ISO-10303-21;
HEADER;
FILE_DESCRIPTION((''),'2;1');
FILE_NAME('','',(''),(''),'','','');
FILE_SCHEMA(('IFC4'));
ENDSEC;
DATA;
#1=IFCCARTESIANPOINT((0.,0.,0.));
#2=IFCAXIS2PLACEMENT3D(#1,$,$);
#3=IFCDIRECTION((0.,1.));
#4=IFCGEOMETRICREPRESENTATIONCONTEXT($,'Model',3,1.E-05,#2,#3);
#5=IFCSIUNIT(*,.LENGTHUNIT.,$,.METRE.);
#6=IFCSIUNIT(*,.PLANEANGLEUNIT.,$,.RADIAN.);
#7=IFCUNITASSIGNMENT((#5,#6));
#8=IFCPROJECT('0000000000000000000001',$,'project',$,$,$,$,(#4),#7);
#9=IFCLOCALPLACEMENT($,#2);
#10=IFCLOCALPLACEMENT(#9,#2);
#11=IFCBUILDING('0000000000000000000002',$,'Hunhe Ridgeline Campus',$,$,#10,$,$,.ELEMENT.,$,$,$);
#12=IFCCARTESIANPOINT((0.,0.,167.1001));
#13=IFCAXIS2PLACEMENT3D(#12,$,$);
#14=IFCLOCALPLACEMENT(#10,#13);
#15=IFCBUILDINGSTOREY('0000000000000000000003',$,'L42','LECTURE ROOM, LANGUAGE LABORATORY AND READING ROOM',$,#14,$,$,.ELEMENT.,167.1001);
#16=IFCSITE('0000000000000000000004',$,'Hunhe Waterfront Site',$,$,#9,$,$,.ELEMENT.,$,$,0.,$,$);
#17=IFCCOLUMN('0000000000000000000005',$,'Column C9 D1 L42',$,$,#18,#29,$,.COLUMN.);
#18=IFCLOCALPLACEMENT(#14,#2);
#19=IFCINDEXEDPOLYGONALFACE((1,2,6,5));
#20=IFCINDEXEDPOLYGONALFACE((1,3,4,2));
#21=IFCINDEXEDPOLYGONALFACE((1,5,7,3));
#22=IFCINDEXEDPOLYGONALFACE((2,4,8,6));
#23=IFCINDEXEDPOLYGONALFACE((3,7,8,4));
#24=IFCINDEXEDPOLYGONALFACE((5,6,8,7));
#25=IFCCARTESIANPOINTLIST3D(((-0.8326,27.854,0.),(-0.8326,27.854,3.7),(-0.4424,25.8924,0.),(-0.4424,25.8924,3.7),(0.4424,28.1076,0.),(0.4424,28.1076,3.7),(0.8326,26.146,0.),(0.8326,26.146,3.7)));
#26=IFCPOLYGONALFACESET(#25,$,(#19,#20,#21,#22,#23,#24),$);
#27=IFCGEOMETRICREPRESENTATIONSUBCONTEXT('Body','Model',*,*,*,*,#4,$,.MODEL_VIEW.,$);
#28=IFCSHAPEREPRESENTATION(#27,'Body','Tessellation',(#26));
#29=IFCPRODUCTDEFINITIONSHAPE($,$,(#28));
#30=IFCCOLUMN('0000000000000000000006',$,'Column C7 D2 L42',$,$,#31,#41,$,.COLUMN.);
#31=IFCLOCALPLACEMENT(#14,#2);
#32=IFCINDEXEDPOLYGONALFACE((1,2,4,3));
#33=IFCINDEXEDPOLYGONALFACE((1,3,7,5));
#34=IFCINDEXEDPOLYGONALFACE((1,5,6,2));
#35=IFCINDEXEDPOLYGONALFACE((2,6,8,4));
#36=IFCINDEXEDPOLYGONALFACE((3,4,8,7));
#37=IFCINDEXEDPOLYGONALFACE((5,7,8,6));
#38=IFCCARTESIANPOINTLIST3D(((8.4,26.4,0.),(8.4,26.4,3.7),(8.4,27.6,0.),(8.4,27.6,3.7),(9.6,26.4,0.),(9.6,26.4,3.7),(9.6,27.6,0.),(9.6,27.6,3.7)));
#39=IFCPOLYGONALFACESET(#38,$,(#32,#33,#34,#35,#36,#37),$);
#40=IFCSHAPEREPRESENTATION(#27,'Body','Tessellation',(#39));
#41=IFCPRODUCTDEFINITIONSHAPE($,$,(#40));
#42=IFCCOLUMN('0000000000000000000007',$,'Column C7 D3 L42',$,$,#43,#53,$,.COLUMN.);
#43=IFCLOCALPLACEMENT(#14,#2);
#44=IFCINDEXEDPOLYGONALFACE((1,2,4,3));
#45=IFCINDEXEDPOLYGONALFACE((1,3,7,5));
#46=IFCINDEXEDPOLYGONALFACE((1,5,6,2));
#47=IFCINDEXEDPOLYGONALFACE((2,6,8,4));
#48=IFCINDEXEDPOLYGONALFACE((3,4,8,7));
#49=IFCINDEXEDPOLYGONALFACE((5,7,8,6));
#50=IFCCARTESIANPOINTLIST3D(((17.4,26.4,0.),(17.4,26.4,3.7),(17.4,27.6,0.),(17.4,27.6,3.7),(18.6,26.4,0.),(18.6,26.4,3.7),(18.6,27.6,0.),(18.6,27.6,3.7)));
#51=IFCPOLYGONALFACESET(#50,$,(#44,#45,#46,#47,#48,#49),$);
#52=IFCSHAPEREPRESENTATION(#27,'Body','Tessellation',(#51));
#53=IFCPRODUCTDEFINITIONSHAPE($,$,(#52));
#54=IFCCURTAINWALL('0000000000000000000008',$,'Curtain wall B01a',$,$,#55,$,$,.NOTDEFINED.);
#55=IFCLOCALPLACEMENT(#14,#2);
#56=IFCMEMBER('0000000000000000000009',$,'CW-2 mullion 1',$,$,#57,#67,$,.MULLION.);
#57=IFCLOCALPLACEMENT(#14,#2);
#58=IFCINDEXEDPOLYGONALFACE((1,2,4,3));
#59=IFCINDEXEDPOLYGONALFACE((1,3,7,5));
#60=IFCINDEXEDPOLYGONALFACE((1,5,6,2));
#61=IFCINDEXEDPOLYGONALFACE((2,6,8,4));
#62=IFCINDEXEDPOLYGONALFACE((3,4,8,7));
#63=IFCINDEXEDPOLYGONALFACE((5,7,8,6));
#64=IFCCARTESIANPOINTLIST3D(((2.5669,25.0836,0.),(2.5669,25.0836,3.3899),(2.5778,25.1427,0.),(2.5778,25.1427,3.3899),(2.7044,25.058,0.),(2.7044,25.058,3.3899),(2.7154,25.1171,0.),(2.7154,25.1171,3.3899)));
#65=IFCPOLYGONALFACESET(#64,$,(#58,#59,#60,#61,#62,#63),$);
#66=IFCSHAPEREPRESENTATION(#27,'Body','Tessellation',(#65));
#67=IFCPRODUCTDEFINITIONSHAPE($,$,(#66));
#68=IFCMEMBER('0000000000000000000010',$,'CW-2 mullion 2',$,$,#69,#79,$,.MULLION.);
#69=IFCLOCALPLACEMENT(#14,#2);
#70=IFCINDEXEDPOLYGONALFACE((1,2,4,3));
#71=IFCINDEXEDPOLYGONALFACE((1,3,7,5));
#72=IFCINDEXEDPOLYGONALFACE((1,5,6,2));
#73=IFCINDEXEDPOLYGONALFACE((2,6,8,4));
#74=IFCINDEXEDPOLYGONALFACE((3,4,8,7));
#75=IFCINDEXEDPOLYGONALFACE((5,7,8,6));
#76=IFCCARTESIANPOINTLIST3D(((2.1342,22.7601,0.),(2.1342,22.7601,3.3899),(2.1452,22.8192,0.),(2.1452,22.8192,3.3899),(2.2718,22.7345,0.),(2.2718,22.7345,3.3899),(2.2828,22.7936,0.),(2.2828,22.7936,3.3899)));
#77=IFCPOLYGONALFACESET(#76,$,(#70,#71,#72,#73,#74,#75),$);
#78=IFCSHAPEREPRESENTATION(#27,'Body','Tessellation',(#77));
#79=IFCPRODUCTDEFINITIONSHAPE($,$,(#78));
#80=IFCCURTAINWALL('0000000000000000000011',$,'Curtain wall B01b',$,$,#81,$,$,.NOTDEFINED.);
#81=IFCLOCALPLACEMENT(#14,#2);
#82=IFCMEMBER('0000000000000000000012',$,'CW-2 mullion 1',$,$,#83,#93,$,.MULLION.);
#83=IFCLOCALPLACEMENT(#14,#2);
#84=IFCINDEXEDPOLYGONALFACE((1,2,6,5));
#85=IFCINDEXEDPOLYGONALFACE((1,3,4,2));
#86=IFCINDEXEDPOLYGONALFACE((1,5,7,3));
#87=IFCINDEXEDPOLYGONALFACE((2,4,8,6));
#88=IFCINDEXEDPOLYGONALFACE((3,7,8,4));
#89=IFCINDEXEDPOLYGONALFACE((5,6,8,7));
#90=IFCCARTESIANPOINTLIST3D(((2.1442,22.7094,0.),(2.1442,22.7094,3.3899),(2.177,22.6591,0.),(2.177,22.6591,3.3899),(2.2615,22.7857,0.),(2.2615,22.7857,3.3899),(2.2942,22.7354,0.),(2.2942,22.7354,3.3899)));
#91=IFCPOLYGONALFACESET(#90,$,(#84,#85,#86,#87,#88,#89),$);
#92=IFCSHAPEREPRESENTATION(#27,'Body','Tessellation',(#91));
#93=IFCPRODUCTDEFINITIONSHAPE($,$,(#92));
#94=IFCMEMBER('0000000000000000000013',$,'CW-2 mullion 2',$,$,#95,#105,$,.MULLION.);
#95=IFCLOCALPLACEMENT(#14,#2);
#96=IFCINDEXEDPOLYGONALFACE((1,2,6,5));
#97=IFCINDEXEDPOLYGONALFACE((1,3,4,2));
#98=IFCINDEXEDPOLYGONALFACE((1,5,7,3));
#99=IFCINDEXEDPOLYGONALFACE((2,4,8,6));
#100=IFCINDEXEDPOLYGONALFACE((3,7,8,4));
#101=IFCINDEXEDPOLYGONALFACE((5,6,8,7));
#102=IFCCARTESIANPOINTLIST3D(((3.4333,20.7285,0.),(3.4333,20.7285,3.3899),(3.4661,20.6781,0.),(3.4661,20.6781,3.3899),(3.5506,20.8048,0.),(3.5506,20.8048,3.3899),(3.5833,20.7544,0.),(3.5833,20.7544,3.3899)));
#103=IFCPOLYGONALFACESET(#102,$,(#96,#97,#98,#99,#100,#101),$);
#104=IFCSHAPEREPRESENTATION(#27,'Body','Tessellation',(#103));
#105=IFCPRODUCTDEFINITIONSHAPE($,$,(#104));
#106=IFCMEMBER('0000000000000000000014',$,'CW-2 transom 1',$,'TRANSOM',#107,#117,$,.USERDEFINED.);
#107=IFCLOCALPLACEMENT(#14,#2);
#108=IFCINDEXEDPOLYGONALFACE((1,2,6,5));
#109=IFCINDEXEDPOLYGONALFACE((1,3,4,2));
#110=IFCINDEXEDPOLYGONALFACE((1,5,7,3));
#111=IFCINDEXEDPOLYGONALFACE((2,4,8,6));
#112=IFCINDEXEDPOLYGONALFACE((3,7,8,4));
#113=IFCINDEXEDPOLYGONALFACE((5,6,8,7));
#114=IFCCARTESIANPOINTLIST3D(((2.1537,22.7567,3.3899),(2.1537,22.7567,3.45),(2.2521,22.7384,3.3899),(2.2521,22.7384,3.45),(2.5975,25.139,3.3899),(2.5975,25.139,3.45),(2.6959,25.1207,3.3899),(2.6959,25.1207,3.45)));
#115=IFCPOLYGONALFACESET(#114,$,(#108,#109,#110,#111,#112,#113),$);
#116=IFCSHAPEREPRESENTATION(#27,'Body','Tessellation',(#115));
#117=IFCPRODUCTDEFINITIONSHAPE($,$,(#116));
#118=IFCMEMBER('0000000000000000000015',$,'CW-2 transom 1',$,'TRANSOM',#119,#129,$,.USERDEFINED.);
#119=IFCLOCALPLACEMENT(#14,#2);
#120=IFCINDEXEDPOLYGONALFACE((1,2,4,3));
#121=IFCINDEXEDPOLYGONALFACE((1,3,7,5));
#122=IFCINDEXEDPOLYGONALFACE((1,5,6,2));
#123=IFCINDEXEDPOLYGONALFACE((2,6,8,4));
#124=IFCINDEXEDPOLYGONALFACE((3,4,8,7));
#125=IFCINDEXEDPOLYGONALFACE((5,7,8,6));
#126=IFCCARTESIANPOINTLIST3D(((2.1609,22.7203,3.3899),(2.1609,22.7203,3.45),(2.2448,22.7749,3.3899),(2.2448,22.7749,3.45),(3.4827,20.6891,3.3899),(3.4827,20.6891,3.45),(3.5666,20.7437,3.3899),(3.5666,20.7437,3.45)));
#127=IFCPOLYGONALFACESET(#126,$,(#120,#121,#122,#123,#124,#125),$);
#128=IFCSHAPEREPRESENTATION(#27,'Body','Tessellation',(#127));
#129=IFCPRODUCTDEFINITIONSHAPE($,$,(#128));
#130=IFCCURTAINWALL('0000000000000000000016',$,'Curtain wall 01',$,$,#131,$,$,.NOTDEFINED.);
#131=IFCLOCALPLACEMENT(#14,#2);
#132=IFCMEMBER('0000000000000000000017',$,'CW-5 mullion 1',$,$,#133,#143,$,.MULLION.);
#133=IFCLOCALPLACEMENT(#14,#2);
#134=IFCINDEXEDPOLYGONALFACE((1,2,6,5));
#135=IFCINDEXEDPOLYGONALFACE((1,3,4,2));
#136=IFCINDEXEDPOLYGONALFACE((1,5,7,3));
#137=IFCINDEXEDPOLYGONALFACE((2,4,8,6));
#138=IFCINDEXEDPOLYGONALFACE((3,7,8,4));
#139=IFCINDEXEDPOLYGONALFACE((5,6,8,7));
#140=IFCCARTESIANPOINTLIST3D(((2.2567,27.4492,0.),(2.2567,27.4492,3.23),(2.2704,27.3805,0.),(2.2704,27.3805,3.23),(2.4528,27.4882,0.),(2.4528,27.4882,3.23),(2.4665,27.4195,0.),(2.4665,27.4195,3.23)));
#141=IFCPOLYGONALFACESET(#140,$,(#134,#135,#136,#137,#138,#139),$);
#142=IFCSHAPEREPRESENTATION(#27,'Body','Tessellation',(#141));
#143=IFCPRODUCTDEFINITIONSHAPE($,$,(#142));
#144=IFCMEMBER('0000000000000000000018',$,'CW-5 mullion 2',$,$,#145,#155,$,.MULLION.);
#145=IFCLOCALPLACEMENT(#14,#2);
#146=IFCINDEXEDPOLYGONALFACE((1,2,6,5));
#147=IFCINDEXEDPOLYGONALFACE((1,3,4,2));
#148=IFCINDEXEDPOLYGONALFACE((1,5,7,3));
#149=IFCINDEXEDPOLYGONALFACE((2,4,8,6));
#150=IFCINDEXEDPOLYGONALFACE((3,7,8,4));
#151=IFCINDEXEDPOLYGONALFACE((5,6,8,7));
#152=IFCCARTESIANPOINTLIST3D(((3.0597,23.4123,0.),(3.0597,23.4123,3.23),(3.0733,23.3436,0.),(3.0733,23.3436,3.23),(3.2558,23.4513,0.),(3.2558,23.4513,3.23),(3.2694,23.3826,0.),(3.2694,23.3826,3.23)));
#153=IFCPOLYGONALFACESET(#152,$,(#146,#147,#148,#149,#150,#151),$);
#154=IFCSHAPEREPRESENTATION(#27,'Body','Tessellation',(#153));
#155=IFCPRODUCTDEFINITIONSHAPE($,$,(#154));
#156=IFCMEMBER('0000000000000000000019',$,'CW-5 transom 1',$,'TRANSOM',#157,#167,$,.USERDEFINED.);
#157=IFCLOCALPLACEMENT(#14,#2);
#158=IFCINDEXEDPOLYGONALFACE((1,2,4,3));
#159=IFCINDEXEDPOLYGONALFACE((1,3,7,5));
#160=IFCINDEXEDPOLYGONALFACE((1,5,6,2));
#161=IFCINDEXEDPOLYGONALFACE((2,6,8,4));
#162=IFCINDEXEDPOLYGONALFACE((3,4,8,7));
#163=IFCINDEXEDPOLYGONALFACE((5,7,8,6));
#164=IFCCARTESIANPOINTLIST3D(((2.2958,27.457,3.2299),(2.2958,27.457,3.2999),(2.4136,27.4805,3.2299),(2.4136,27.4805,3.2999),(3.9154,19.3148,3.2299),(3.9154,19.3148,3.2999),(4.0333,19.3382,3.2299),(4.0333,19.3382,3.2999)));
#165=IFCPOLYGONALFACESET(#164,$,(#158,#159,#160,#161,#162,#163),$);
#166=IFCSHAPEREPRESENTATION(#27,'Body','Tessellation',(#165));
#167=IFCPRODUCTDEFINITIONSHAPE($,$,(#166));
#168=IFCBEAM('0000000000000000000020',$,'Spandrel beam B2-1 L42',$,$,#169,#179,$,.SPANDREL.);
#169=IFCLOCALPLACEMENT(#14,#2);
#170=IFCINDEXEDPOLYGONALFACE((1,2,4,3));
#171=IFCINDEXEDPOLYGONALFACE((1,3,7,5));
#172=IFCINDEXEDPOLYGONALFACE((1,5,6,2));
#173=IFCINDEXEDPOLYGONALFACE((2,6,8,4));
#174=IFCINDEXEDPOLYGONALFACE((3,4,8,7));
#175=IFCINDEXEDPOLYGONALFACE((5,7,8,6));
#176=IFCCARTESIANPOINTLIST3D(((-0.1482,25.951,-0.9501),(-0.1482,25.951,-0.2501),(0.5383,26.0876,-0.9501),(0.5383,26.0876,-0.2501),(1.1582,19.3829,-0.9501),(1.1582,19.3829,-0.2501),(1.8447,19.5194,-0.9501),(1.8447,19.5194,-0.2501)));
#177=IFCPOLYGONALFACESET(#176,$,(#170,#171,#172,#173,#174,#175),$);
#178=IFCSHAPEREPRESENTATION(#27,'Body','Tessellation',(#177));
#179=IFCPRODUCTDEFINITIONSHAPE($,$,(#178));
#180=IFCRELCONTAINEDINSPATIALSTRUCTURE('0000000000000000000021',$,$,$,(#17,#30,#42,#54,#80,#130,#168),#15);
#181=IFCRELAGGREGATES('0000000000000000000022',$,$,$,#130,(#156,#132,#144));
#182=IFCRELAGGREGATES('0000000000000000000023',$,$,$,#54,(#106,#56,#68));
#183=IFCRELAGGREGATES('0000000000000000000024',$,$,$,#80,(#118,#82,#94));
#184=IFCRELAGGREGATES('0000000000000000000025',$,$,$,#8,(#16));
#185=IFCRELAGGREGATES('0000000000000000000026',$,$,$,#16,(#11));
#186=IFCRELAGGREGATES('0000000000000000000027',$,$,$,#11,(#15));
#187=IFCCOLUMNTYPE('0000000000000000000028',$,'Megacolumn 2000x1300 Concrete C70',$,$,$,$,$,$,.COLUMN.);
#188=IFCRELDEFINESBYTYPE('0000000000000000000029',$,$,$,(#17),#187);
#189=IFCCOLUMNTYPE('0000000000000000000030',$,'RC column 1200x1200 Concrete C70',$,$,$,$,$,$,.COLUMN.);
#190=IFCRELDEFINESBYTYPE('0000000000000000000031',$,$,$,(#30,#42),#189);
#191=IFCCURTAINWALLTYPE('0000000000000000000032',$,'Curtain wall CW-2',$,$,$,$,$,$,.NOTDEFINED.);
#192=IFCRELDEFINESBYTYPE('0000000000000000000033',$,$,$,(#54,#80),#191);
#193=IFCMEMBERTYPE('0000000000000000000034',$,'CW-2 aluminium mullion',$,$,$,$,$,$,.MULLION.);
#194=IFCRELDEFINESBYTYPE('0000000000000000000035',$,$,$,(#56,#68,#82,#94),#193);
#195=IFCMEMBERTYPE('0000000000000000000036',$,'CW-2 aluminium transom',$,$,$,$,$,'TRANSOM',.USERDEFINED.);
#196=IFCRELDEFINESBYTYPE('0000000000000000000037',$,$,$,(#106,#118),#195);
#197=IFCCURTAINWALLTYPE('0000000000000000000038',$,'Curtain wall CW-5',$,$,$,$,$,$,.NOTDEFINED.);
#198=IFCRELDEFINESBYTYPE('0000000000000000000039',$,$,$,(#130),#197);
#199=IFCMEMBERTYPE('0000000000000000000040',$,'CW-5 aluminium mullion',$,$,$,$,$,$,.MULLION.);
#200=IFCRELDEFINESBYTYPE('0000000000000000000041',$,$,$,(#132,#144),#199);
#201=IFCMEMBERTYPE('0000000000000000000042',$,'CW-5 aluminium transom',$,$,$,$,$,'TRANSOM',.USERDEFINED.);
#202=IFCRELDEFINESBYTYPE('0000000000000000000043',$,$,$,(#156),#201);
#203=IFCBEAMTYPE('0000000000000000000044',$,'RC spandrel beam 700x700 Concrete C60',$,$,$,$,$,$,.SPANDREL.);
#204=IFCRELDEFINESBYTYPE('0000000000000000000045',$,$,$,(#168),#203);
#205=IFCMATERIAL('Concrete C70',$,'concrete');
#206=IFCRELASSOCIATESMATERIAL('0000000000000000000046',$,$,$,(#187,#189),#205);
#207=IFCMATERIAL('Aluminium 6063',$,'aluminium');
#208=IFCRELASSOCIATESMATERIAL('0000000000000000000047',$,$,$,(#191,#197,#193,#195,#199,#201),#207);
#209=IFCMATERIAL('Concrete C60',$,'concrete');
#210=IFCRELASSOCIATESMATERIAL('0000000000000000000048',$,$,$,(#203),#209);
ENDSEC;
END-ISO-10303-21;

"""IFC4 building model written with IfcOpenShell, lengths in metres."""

from ifc_helpers import new_model, si_unit, direction, frame, origin, origin_2d, place, context, subcontext, project, spatial, rectangle, extrude, material, material_profile, profile_set, type_object, element, aggregate, save


model = new_model("IFC4")

# Units and contexts
model_context = context("Model", 3, precision=1e-05, world=origin(), true_north=direction((0.0, 1.0)))
body_context = subcontext(model_context, "Body", "Model", "MODEL_VIEW")
ifc_project = project(units=[si_unit("LENGTHUNIT", "METRE"), si_unit("PLANEANGLEUNIT", "RADIAN")], contexts=[model_context])

# Site, building, storey
site_placement = place(None, origin())
site = spatial("IfcSite", under=ifc_project, at=site_placement, Name="Hunhe Waterfront Site", CompositionType="ELEMENT", RefElevation=0.0)
building_placement = place(site_placement, origin())
building = spatial("IfcBuilding", under=site, at=building_placement, Name="Hunhe Ridgeline Campus", CompositionType="ELEMENT")
storey_placement = place(building_placement, frame((0.0, 0.0, 167.1001)))
storey = spatial("IfcBuildingStorey", under=building, at=storey_placement, Name="L42", Description="LECTURE ROOM, LANGUAGE LABORATORY AND READING ROOM", CompositionType="ELEMENT", Elevation=167.1001)

# Columns
ifc_material_1 = material(Name="Concrete C70", Category="concrete")
ifc_material_profile_1 = material_profile(ifc_material_1, rectangle(XDim=2.0, YDim=1.3, at=origin_2d()))
ifc_profile_set_1 = profile_set([ifc_material_profile_1], Name="Concrete C70")
column_type_1 = type_object("IfcColumnType", Name="Megacolumn 2000x1300 Concrete C70", PredefinedType="COLUMN", material=ifc_profile_set_1)
column_placement = place(storey_placement, frame((0.0, 27.0, 0.0), z_axis=(0.0, 0.0, 1.0), x_axis=(-0.19509, 0.980785, 0.0)))
element("IfcColumn", 1, at=column_placement, inside=storey, type_object=column_type_1, Name="Column C9 D1 L42", PredefinedType="COLUMN", context=body_context, shape_type="SweptSolid", body=[
    extrude(rectangle(XDim=2.0, YDim=1.3, at=origin_2d()), origin(), (0.0, 0.0, 1.0), 3.7),
])
ifc_material_profile_2 = material_profile(ifc_material_1, rectangle(XDim=1.2, YDim=1.2, at=origin_2d()))
ifc_profile_set_2 = profile_set([ifc_material_profile_2], Name="Concrete C70")
column_type_2 = type_object("IfcColumnType", Name="RC column 1200x1200 Concrete C70", PredefinedType="COLUMN", material=ifc_profile_set_2)
for number, where, z_axis, x_axis, name in (
    (2, (9.0, 27.0, 0.0), (0.0, 0.0, 1.0), (1.0, 0.0, 0.0), "Column C7 D2 L42"),
    (3, (18.0, 27.0, 0.0), (0.0, 0.0, 1.0), (1.0, 0.0, 0.0), "Column C7 D3 L42"),
):
    element("IfcColumn", number, at=place(storey_placement, frame(where, z_axis=z_axis, x_axis=x_axis)), inside=storey, type_object=column_type_2, Name=name, PredefinedType="COLUMN", context=body_context, shape_type="SweptSolid", body=[
        extrude(rectangle(XDim=1.2, YDim=1.2, at=origin_2d()), origin(), (0.0, 0.0, 1.0), 3.7),
    ])

# Curtain walls, members
ifc_material_2 = material(Name="Aluminium 6063", Category="aluminium")
curtain_wall_type_1 = type_object("IfcCurtainWallType", Name="Curtain wall CW-2", PredefinedType="NOTDEFINED", material=ifc_material_2)
curtain_wall_1_placement = place(storey_placement, origin())
curtain_wall_1 = element("IfcCurtainWall", 4, at=curtain_wall_1_placement, inside=storey, type_object=curtain_wall_type_1, Name="Curtain wall B01a", PredefinedType="NOTDEFINED")
ifc_material_profile_3 = material_profile(ifc_material_2, rectangle(XDim=0.1399, YDim=0.0601, at=origin_2d()))
ifc_profile_set_3 = profile_set([ifc_material_profile_3], Name="Aluminium 6063")
member_type_1 = type_object("IfcMemberType", Name="CW-2 aluminium mullion", PredefinedType="MULLION", material=ifc_profile_set_3)
member_1_placement = place(storey_placement, frame((2.6411, 25.1003, 0.0), z_axis=(0.0, 0.0, 1.0), x_axis=(0.983092, -0.183113, 0.0)))
member_1 = element("IfcMember", 5, at=member_1_placement, type_object=member_type_1, Name="CW-2 mullion 1", PredefinedType="MULLION", context=body_context, shape_type="SweptSolid", body=[
    extrude(rectangle(XDim=0.1399, YDim=0.0601, at=origin_2d()), origin(), (0.0, 0.0, 1.0), 3.3899),
])
member_2_placement = place(storey_placement, frame((2.2085, 22.7769, 0.0), z_axis=(0.0, 0.0, 1.0), x_axis=(0.983092, -0.183113, 0.0)))
member_2 = element("IfcMember", 6, at=member_2_placement, type_object=member_type_1, Name="CW-2 mullion 2", PredefinedType="MULLION", context=body_context, shape_type="SweptSolid", body=[
    extrude(rectangle(XDim=0.1399, YDim=0.0601, at=origin_2d()), origin(), (0.0, 0.0, 1.0), 3.3899),
])
curtain_wall_2_placement = place(storey_placement, origin())
curtain_wall_2 = element("IfcCurtainWall", 7, at=curtain_wall_2_placement, inside=storey, type_object=curtain_wall_type_1, Name="Curtain wall B01b", PredefinedType="NOTDEFINED")
member_3_placement = place(storey_placement, frame((2.2192, 22.7224, 0.0), z_axis=(0.0, 0.0, 1.0), x_axis=(0.838179, 0.545395, 0.0)))
member_3 = element("IfcMember", 8, at=member_3_placement, type_object=member_type_1, Name="CW-2 mullion 1", PredefinedType="MULLION", context=body_context, shape_type="SweptSolid", body=[
    extrude(rectangle(XDim=0.1399, YDim=0.0601, at=origin_2d()), origin(), (0.0, 0.0, 1.0), 3.3899),
])
member_4_placement = place(storey_placement, frame((3.5083, 20.7415, 0.0), z_axis=(0.0, 0.0, 1.0), x_axis=(0.838179, 0.545395, 0.0)))
member_4 = element("IfcMember", 9, at=member_4_placement, type_object=member_type_1, Name="CW-2 mullion 2", PredefinedType="MULLION", context=body_context, shape_type="SweptSolid", body=[
    extrude(rectangle(XDim=0.1399, YDim=0.0601, at=origin_2d()), origin(), (0.0, 0.0, 1.0), 3.3899),
])

# Members
ifc_material_profile_4 = material_profile(ifc_material_2, rectangle(XDim=0.1001, YDim=0.0601, at=origin_2d()))
ifc_profile_set_4 = profile_set([ifc_material_profile_4], Name="Aluminium 6063")
member_type_2 = type_object("IfcMemberType", Name="CW-2 aluminium transom", ElementType="TRANSOM", PredefinedType="USERDEFINED", material=ifc_profile_set_4)
member_5_placement = place(storey_placement, frame((2.6467, 25.1299, 3.4199), z_axis=(-0.183157, -0.983084, 0.0), x_axis=(0.983084, -0.183157, 0.0)))
member_5 = element("IfcMember", 10, at=member_5_placement, type_object=member_type_2, Name="CW-2 transom 1", ObjectType="TRANSOM", PredefinedType="USERDEFINED", context=body_context, shape_type="SweptSolid", body=[
    extrude(rectangle(XDim=0.1001, YDim=0.0601, at=origin_2d()), origin(), (0.0, 0.0, 1.0), 2.4233),
])
member_6_placement = place(storey_placement, frame((2.2029, 22.7476, 3.4199), z_axis=(0.545413, -0.838167, 0.0), x_axis=(0.838167, 0.545413, 0.0)))
member_6 = element("IfcMember", 11, at=member_6_placement, type_object=member_type_2, Name="CW-2 transom 1", ObjectType="TRANSOM", PredefinedType="USERDEFINED", context=body_context, shape_type="SweptSolid", body=[
    extrude(rectangle(XDim=0.1001, YDim=0.0601, at=origin_2d()), origin(), (0.0, 0.0, 1.0), 2.4233),
])

# Curtain wall, members
curtain_wall_type_2 = type_object("IfcCurtainWallType", Name="Curtain wall CW-5", PredefinedType="NOTDEFINED", material=ifc_material_2)
curtain_wall_3_placement = place(storey_placement, origin())
curtain_wall_3 = element("IfcCurtainWall", 12, at=curtain_wall_3_placement, inside=storey, type_object=curtain_wall_type_2, Name="Curtain wall 01", PredefinedType="NOTDEFINED")
ifc_material_profile_5 = material_profile(ifc_material_2, rectangle(XDim=0.2, YDim=0.0701, at=origin_2d()))
ifc_profile_set_5 = profile_set([ifc_material_profile_5], Name="Aluminium 6063")
member_type_3 = type_object("IfcMemberType", Name="CW-5 aluminium mullion", PredefinedType="MULLION", material=ifc_profile_set_5)
member_7_placement = place(storey_placement, frame((2.3616, 27.4343, 0.0), z_axis=(0.0, 0.0, 1.0), x_axis=(0.980784, 0.195095, 0.0)))
member_7 = element("IfcMember", 13, at=member_7_placement, type_object=member_type_3, Name="CW-5 mullion 1", PredefinedType="MULLION", context=body_context, shape_type="SweptSolid", body=[
    extrude(rectangle(XDim=0.2, YDim=0.0701, at=origin_2d()), origin(), (0.0, 0.0, 1.0), 3.23),
])
member_8_placement = place(storey_placement, frame((3.1646, 23.3975, 0.0), z_axis=(0.0, 0.0, 1.0), x_axis=(0.980784, 0.195095, 0.0)))
member_8 = element("IfcMember", 14, at=member_8_placement, type_object=member_type_3, Name="CW-5 mullion 2", PredefinedType="MULLION", context=body_context, shape_type="SweptSolid", body=[
    extrude(rectangle(XDim=0.2, YDim=0.0701, at=origin_2d()), origin(), (0.0, 0.0, 1.0), 3.23),
])
ifc_material_profile_6 = material_profile(ifc_material_2, rectangle(XDim=0.1201, YDim=0.0701, at=origin_2d()))
ifc_profile_set_6 = profile_set([ifc_material_profile_6], Name="Aluminium 6063")
member_type_4 = type_object("IfcMemberType", Name="CW-5 aluminium transom", ElementType="TRANSOM", PredefinedType="USERDEFINED", material=ifc_profile_set_6)
member_9_placement = place(storey_placement, frame((2.3547, 27.4688, 3.2649), z_axis=(0.195092, -0.980785, 0.0), x_axis=(0.980785, 0.195092, 0.0)))
member_9 = element("IfcMember", 15, at=member_9_placement, type_object=member_type_4, Name="CW-5 transom 1", ObjectType="TRANSOM", PredefinedType="USERDEFINED", context=body_context, shape_type="SweptSolid", body=[
    extrude(rectangle(XDim=0.1201, YDim=0.0701, at=origin_2d()), origin(), (0.0, 0.0, 1.0), 8.3018),
])

# Beam
ifc_material_3 = material(Name="Concrete C60", Category="concrete")
ifc_material_profile_7 = material_profile(ifc_material_3, rectangle(XDim=0.7, YDim=0.7, at=origin_2d()))
ifc_profile_set_7 = profile_set([ifc_material_profile_7], Name="Concrete C60")
beam_type = type_object("IfcBeamType", Name="RC spandrel beam 700x700 Concrete C60", PredefinedType="SPANDREL", material=ifc_profile_set_7)
beam_placement = place(storey_placement, frame((0.1951, 26.0193, -0.6001), z_axis=(0.195078, -0.980788, 0.0), x_axis=(0.980788, 0.195078, 0.0)))
element("IfcBeam", 16, at=beam_placement, inside=storey, type_object=beam_type, Name="Spandrel beam B2-1 L42", PredefinedType="SPANDREL", context=body_context, shape_type="SweptSolid", body=[
    extrude(rectangle(XDim=0.7, YDim=0.7, at=origin_2d()), origin(), (0.0, 0.0, 1.0), 6.6968),
])

aggregate(curtain_wall_3, [member_9, member_7, member_8])
aggregate(curtain_wall_1, [member_5, member_1, member_2])
aggregate(curtain_wall_2, [member_6, member_3, member_4])

save(model, "model.ifc")
